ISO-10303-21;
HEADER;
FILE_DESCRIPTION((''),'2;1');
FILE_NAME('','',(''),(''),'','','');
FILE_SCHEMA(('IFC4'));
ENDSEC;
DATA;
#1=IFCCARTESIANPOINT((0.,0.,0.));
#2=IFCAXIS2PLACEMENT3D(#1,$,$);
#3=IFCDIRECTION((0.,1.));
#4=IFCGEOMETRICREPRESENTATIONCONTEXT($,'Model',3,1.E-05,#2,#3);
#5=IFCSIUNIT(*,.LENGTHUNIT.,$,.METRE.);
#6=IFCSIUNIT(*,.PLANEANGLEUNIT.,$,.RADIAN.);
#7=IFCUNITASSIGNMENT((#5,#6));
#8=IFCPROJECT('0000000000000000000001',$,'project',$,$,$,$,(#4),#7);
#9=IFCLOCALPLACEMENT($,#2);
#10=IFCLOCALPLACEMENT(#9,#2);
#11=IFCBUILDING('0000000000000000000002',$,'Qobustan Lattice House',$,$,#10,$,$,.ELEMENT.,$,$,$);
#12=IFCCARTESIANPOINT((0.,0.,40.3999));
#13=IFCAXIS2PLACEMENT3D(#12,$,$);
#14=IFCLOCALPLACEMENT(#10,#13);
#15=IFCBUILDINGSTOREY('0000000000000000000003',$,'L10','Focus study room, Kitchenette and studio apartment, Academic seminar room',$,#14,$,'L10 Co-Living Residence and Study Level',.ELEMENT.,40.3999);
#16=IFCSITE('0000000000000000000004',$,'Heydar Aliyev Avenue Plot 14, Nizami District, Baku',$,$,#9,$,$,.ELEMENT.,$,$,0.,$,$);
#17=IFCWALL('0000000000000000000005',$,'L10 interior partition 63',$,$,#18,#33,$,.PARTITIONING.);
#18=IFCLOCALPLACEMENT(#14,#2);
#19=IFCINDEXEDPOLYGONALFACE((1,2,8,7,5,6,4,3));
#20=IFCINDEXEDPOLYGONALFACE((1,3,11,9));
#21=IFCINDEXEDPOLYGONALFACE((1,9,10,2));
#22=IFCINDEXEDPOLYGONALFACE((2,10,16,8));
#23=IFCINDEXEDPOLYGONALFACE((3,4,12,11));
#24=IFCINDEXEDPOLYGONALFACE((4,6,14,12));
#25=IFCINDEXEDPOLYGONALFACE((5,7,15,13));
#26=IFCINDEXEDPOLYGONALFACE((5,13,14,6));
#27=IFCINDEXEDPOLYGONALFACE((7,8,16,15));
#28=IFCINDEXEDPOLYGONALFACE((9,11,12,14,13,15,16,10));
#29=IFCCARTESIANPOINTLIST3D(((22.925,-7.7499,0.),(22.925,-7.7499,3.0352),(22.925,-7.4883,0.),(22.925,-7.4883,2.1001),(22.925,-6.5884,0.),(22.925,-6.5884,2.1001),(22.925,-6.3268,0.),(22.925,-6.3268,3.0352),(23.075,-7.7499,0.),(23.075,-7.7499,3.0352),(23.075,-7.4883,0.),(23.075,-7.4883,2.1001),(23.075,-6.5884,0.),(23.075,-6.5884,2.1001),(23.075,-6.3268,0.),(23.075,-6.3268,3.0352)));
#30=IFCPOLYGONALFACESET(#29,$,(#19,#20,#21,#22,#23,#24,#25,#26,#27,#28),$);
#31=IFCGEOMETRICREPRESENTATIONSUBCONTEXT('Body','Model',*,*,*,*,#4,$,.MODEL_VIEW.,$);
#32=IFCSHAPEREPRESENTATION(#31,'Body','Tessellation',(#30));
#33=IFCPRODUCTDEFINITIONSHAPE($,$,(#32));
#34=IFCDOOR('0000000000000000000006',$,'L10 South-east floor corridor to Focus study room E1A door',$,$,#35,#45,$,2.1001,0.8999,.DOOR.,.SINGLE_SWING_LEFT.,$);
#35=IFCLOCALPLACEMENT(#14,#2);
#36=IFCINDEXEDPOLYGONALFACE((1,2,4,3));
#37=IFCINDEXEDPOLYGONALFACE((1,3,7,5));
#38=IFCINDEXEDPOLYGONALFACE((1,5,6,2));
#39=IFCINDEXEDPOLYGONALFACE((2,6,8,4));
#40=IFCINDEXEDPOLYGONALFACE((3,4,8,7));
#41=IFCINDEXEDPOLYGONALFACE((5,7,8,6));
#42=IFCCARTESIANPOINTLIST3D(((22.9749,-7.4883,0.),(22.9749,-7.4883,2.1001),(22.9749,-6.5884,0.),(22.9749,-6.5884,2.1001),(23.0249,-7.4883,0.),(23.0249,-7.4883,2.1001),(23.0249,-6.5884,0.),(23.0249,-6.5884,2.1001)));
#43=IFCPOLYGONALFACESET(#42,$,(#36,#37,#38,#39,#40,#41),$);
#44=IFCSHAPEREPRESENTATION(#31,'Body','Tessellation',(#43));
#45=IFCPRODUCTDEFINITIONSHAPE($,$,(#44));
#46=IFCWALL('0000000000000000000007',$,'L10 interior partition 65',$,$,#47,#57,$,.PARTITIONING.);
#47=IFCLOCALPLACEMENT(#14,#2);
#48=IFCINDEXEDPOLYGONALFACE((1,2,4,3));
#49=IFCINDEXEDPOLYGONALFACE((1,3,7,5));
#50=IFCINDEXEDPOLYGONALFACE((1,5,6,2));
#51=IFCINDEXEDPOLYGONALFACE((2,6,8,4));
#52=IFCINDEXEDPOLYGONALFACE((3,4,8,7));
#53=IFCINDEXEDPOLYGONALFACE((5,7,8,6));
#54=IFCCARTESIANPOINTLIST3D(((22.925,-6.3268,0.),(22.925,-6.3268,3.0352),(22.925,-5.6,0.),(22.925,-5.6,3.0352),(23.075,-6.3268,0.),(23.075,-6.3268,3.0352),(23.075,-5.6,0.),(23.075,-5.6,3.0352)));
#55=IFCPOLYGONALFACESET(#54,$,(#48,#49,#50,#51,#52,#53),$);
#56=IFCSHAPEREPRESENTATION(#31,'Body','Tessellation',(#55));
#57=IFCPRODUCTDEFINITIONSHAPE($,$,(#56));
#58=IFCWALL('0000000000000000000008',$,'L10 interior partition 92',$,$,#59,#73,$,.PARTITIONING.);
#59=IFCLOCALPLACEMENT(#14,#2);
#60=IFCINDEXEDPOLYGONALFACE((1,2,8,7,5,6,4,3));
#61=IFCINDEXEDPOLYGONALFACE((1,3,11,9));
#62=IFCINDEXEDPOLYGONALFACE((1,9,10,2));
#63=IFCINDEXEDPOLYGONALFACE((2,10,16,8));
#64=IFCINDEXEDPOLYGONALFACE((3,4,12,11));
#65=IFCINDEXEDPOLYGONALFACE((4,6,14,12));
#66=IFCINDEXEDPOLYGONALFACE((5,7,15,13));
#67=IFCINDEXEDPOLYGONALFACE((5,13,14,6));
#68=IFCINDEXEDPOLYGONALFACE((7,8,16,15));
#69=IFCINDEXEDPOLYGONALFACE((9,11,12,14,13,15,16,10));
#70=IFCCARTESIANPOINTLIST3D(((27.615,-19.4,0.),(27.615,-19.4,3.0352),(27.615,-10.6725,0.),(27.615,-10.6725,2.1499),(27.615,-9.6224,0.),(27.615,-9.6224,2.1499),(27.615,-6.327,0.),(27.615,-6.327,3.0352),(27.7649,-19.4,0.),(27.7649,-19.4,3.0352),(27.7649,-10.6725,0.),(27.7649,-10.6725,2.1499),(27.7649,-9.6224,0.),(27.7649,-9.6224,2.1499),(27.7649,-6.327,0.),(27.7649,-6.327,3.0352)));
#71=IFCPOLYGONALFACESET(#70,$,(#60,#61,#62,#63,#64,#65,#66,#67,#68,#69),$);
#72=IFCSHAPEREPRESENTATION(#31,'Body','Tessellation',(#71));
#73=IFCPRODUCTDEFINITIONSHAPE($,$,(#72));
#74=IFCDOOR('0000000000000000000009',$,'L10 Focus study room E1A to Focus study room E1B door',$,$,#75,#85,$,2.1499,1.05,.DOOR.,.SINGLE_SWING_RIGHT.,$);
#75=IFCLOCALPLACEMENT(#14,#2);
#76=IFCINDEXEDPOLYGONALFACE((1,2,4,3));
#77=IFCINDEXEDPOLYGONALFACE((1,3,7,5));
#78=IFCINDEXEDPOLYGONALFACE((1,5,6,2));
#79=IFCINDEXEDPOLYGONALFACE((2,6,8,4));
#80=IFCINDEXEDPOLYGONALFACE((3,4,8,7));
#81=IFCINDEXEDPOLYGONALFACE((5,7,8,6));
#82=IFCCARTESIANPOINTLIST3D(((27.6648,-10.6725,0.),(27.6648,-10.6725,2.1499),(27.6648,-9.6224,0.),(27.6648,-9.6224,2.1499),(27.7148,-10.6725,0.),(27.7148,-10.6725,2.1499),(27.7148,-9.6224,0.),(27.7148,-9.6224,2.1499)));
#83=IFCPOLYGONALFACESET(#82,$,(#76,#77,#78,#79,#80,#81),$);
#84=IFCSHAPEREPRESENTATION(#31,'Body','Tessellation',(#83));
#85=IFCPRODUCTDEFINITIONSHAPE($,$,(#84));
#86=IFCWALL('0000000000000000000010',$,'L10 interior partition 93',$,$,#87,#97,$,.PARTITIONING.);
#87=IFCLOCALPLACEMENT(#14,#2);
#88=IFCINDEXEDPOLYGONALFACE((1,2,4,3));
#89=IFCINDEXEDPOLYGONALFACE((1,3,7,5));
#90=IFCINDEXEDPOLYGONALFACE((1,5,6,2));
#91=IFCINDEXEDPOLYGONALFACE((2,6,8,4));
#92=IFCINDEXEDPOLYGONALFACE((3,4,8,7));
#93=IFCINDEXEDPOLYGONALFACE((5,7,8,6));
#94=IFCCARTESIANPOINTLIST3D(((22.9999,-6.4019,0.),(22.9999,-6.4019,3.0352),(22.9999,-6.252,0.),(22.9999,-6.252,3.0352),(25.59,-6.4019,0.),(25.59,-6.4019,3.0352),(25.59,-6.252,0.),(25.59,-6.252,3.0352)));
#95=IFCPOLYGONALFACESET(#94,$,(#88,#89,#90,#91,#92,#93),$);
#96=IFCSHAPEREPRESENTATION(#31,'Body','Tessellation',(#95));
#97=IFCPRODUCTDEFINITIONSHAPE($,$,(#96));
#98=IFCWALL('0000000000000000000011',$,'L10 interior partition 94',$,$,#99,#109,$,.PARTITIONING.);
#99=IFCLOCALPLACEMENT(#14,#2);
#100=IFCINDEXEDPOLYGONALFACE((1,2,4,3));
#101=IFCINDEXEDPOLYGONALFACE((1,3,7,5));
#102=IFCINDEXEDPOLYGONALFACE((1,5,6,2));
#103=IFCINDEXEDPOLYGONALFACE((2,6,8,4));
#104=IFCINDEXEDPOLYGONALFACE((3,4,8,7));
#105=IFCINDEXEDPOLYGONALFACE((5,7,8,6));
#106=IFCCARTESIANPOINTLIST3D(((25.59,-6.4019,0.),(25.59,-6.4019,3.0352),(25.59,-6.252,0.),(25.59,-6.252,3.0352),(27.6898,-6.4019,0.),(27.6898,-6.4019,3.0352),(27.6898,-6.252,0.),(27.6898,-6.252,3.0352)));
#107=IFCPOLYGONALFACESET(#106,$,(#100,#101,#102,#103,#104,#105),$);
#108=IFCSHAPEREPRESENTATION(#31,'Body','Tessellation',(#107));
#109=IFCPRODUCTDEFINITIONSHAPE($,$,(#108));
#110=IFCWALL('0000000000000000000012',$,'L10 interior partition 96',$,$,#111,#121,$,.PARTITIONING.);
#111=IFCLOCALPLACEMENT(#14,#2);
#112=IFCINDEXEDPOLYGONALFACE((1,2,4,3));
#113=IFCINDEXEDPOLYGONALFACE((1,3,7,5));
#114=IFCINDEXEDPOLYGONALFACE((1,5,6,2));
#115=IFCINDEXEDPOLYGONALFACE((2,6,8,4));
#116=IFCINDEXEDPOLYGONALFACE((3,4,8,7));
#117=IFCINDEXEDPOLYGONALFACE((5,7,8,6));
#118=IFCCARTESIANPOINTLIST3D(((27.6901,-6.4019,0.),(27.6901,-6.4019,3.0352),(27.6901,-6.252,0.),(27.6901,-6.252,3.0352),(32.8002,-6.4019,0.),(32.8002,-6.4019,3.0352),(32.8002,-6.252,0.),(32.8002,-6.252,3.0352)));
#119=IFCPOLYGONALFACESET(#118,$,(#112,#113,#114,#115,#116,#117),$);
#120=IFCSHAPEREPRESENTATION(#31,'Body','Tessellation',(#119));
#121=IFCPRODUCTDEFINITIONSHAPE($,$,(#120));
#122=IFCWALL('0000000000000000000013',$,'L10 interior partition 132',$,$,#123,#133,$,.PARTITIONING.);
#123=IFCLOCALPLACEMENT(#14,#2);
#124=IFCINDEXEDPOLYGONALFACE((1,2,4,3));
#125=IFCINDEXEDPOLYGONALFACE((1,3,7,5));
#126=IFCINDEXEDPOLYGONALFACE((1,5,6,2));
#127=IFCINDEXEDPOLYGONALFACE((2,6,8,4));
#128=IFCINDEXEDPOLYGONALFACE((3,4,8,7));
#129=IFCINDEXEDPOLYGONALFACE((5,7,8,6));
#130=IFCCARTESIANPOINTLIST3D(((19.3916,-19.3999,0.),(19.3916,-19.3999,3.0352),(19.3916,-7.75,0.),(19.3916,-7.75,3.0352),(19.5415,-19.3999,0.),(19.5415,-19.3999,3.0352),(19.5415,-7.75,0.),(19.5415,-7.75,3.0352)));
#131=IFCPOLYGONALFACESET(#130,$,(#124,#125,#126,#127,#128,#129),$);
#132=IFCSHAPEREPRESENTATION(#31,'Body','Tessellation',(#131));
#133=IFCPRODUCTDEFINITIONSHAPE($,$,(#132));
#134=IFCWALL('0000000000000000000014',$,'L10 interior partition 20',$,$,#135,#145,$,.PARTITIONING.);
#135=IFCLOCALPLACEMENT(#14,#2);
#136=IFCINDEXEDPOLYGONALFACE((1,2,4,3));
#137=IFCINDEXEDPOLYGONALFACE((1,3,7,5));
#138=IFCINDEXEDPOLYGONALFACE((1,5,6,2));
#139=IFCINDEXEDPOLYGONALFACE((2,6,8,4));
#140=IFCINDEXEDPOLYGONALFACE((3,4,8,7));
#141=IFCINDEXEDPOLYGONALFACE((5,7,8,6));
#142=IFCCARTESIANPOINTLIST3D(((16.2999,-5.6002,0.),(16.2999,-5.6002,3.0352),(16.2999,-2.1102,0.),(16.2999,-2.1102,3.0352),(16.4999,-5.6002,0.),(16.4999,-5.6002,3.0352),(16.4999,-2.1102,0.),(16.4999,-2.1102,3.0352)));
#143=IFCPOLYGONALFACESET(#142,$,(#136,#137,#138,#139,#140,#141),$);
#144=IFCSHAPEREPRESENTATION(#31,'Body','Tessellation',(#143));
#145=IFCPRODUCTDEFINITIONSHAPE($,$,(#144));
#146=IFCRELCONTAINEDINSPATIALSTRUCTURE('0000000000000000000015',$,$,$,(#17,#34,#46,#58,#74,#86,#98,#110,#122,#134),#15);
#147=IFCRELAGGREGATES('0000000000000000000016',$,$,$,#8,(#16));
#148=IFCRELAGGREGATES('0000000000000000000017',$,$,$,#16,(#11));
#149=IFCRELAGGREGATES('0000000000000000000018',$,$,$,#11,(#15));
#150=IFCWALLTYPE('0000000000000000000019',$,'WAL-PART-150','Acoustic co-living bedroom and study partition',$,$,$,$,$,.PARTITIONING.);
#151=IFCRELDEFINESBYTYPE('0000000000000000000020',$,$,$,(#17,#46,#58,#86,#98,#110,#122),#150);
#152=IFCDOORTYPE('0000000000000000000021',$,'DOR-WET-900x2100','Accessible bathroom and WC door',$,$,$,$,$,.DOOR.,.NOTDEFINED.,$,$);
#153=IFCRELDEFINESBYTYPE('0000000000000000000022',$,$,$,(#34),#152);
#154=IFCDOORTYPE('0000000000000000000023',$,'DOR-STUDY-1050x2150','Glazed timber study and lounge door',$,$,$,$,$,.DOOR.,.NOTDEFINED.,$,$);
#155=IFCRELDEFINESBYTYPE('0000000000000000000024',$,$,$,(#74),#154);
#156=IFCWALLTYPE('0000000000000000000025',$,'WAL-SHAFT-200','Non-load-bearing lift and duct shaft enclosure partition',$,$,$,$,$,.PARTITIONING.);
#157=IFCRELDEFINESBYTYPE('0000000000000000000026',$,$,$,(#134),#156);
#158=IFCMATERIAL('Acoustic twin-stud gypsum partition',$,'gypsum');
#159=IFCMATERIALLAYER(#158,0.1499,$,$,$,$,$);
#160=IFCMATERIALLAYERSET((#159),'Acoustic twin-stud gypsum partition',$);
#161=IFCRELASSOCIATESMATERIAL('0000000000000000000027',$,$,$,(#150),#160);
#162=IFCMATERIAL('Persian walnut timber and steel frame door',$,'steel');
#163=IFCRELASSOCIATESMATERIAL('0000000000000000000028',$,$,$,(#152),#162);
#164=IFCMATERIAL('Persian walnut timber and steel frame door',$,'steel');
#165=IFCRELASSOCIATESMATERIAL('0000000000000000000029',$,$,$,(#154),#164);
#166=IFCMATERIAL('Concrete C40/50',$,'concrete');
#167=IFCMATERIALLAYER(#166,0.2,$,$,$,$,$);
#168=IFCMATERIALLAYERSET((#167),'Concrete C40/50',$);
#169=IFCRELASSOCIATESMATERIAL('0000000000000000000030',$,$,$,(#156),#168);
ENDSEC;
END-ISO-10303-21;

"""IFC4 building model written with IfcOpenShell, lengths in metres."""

from ifc_helpers import new_model, si_unit, direction, frame, frame_2d, origin, place, context, subcontext, project, spatial, rectangle, extrude, material, layer, layer_set, type_object, element, fill, save


model = new_model("IFC4")

# Units and contexts
model_context = context("Model", 3, precision=1e-05, world=origin(), true_north=direction((0.0, 1.0)))
body_context = subcontext(model_context, "Body", "Model", "MODEL_VIEW")
ifc_project = project(units=[si_unit("LENGTHUNIT", "METRE"), si_unit("PLANEANGLEUNIT", "RADIAN")], contexts=[model_context])

# Site, building, storey
site_placement = place(None, origin())
site = spatial("IfcSite", under=ifc_project, at=site_placement, Name="Heydar Aliyev Avenue Plot 14, Nizami District, Baku", CompositionType="ELEMENT", RefElevation=0.0)
building_placement = place(site_placement, origin())
building = spatial("IfcBuilding", under=site, at=building_placement, Name="Qobustan Lattice House", CompositionType="ELEMENT")
storey_placement = place(building_placement, frame((0.0, 0.0, 40.3999)))
storey = spatial("IfcBuildingStorey", under=building, at=storey_placement, Name="L10", Description="Focus study room, Kitchenette and studio apartment, Academic seminar room", LongName="L10 Co-Living Residence and Study Level", CompositionType="ELEMENT", Elevation=40.3999)

# Wall, opening, door
ifc_material_1 = material(Name="Acoustic twin-stud gypsum partition", Category="gypsum")
ifc_layer_1 = layer(ifc_material_1, 0.1499)
ifc_layer_set_1 = layer_set([ifc_layer_1], Name="Acoustic twin-stud gypsum partition")
wall_type_1 = type_object("IfcWallType", Name="WAL-PART-150", Description="Acoustic co-living bedroom and study partition", PredefinedType="PARTITIONING", material=ifc_layer_set_1)
wall_1_placement = place(storey_placement, frame((23.0, -6.3269, 0.0), z_axis=(0.0, 0.0, 1.0), x_axis=(0.0, -1.0, 0.0)))
wall_1 = element("IfcWall", 1, at=wall_1_placement, inside=storey, type_object=wall_type_1, Name="L10 interior partition 63", PredefinedType="PARTITIONING", context=body_context, shape_type="SweptSolid", body=[
    extrude(rectangle(XDim=1.4231, YDim=0.1499, at=frame_2d((0.7114, 0.0))), origin(), (0.0, 0.0, 1.0), 3.0352),
])
opening_1_placement = place(wall_1_placement, frame((0.2615, 0.0, 0.0)))
opening_1 = element("IfcOpeningElement", 2, at=opening_1_placement, cuts=wall_1, PredefinedType="OPENING", context=body_context, shape_type="SweptSolid", body=[
    extrude(rectangle(XDim=0.8999, YDim=2.1001, at=frame_2d((0.45, 1.05))), frame((0.0, 0.085, 0.0), z_axis=(0.0, -1.0, 0.0), x_axis=(1.0, 0.0, 0.0)), (0.0, 0.0, 1.0), 0.1699),
])
ifc_material_2 = material(Name="Persian walnut timber and steel frame door", Category="steel")
door_type_1 = type_object("IfcDoorType", Name="DOR-WET-900x2100", Description="Accessible bathroom and WC door", OperationType="NOTDEFINED", PredefinedType="DOOR", material=ifc_material_2)
door_1_placement = place(opening_1_placement, origin())
door_1 = element("IfcDoor", 3, at=door_1_placement, inside=storey, type_object=door_type_1, Name="L10 South-east floor corridor to Focus study room E1A door", OperationType="SINGLE_SWING_LEFT", OverallHeight=2.1001, OverallWidth=0.8999, PredefinedType="DOOR", context=body_context, shape_type="SweptSolid", body=[
    extrude(rectangle(XDim=0.8999, YDim=2.1001, at=frame_2d((0.45, 1.05))), frame((0.0, 0.0249, 0.0), z_axis=(0.0, -1.0, 0.0), x_axis=(1.0, 0.0, 0.0)), (0.0, 0.0, 1.0), 0.05),
])
fill(opening_1, door_1)
ifc_material_3 = material(Name="Persian walnut timber and steel frame door", Category="steel")
door_type_2 = type_object("IfcDoorType", Name="DOR-STUDY-1050x2150", Description="Glazed timber study and lounge door", OperationType="NOTDEFINED", PredefinedType="DOOR", material=ifc_material_3)

# Wall
wall_2_placement = place(storey_placement, frame((23.0, -5.6001, 0.0), z_axis=(0.0, 0.0, 1.0), x_axis=(0.0, -1.0, 0.0)))
element("IfcWall", 4, at=wall_2_placement, inside=storey, type_object=wall_type_1, Name="L10 interior partition 65", PredefinedType="PARTITIONING", context=body_context, shape_type="SweptSolid", body=[
    extrude(rectangle(XDim=0.7268, YDim=0.1499, at=frame_2d((0.3633, 0.0))), origin(), (0.0, 0.0, 1.0), 3.0352),
])

# Wall, opening, door
wall_3_placement = place(storey_placement, frame((27.6899, -6.3269, 0.0), z_axis=(0.0, 0.0, 1.0), x_axis=(0.0, -1.0, 0.0)))
wall_3 = element("IfcWall", 5, at=wall_3_placement, inside=storey, type_object=wall_type_1, Name="L10 interior partition 92", PredefinedType="PARTITIONING", context=body_context, shape_type="SweptSolid", body=[
    extrude(rectangle(XDim=13.073, YDim=0.1499, at=frame_2d((6.5366, 0.0))), origin(), (0.0, 0.0, 1.0), 3.0352),
])
opening_2_placement = place(wall_3_placement, frame((3.2957, 0.0, 0.0)))
opening_2 = element("IfcOpeningElement", 6, at=opening_2_placement, cuts=wall_3, PredefinedType="OPENING", context=body_context, shape_type="SweptSolid", body=[
    extrude(rectangle(XDim=1.05, YDim=2.1499, at=frame_2d((0.5249, 1.075))), frame((0.0, 0.085, 0.0), z_axis=(0.0, -1.0, 0.0), x_axis=(1.0, 0.0, 0.0)), (0.0, 0.0, 1.0), 0.1699),
])
door_2_placement = place(opening_2_placement, origin())
door_2 = element("IfcDoor", 7, at=door_2_placement, inside=storey, type_object=door_type_2, Name="L10 Focus study room E1A to Focus study room E1B door", OperationType="SINGLE_SWING_RIGHT", OverallHeight=2.1499, OverallWidth=1.05, PredefinedType="DOOR", context=body_context, shape_type="SweptSolid", body=[
    extrude(rectangle(XDim=1.05, YDim=2.1499, at=frame_2d((0.5249, 1.075))), frame((0.0, 0.0249, 0.0), z_axis=(0.0, -1.0, 0.0), x_axis=(1.0, 0.0, 0.0)), (0.0, 0.0, 1.0), 0.05),
])
fill(opening_2, door_2)

# Walls
wall_4_placement = place(storey_placement, frame((23.0, -6.3269, 0.0), z_axis=(0.0, 0.0, 1.0), x_axis=(1.0, 0.0, 0.0)))
element("IfcWall", 8, at=wall_4_placement, inside=storey, type_object=wall_type_1, Name="L10 interior partition 93", PredefinedType="PARTITIONING", context=body_context, shape_type="SweptSolid", body=[
    extrude(rectangle(XDim=2.5901, YDim=0.1499, at=frame_2d((1.2949, 0.0))), origin(), (0.0, 0.0, 1.0), 3.0352),
])
wall_5_placement = place(storey_placement, frame((25.5901, -6.3269, 0.0), z_axis=(0.0, 0.0, 1.0), x_axis=(1.0, 0.0, 0.0)))
element("IfcWall", 9, at=wall_5_placement, inside=storey, type_object=wall_type_1, Name="L10 interior partition 94", PredefinedType="PARTITIONING", context=body_context, shape_type="SweptSolid", body=[
    extrude(rectangle(XDim=2.0999, YDim=0.1499, at=frame_2d((1.0498, 0.0))), origin(), (0.0, 0.0, 1.0), 3.0352),
])
wall_6_placement = place(storey_placement, frame((27.6899, -6.3269, 0.0), z_axis=(0.0, 0.0, 1.0), x_axis=(1.0, 0.0, 0.0)))
element("IfcWall", 10, at=wall_6_placement, inside=storey, type_object=wall_type_1, Name="L10 interior partition 96", PredefinedType="PARTITIONING", context=body_context, shape_type="SweptSolid", body=[
    extrude(rectangle(XDim=5.1101, YDim=0.1499, at=frame_2d((2.5552, 0.0))), origin(), (0.0, 0.0, 1.0), 3.0352),
])
wall_7_placement = place(storey_placement, frame((19.4666, -7.75, 0.0), z_axis=(0.0, 0.0, 1.0), x_axis=(0.0, -1.0, 0.0)))
element("IfcWall", 11, at=wall_7_placement, inside=storey, type_object=wall_type_1, Name="L10 interior partition 132", PredefinedType="PARTITIONING", context=body_context, shape_type="SweptSolid", body=[
    extrude(rectangle(XDim=11.6499, YDim=0.1499, at=frame_2d((5.825, 0.0))), origin(), (0.0, 0.0, 1.0), 3.0352),
])
ifc_material_4 = material(Name="Concrete C40/50", Category="concrete")
ifc_layer_2 = layer(ifc_material_4, 0.2)
ifc_layer_set_2 = layer_set([ifc_layer_2], Name="Concrete C40/50")
wall_type_2 = type_object("IfcWallType", Name="WAL-SHAFT-200", Description="Non-load-bearing lift and duct shaft enclosure partition", PredefinedType="PARTITIONING", material=ifc_layer_set_2)
wall_8_placement = place(storey_placement, frame((16.3999, -2.1101, 0.0), z_axis=(0.0, 0.0, 1.0), x_axis=(0.0, -1.0, 0.0)))
element("IfcWall", 12, at=wall_8_placement, inside=storey, type_object=wall_type_2, Name="L10 interior partition 20", PredefinedType="PARTITIONING", context=body_context, shape_type="SweptSolid", body=[
    extrude(rectangle(XDim=3.49, YDim=0.2, at=frame_2d((1.7451, 0.0))), origin(), (0.0, 0.0, 1.0), 3.0352),
])

save(model, "model.ifc")
